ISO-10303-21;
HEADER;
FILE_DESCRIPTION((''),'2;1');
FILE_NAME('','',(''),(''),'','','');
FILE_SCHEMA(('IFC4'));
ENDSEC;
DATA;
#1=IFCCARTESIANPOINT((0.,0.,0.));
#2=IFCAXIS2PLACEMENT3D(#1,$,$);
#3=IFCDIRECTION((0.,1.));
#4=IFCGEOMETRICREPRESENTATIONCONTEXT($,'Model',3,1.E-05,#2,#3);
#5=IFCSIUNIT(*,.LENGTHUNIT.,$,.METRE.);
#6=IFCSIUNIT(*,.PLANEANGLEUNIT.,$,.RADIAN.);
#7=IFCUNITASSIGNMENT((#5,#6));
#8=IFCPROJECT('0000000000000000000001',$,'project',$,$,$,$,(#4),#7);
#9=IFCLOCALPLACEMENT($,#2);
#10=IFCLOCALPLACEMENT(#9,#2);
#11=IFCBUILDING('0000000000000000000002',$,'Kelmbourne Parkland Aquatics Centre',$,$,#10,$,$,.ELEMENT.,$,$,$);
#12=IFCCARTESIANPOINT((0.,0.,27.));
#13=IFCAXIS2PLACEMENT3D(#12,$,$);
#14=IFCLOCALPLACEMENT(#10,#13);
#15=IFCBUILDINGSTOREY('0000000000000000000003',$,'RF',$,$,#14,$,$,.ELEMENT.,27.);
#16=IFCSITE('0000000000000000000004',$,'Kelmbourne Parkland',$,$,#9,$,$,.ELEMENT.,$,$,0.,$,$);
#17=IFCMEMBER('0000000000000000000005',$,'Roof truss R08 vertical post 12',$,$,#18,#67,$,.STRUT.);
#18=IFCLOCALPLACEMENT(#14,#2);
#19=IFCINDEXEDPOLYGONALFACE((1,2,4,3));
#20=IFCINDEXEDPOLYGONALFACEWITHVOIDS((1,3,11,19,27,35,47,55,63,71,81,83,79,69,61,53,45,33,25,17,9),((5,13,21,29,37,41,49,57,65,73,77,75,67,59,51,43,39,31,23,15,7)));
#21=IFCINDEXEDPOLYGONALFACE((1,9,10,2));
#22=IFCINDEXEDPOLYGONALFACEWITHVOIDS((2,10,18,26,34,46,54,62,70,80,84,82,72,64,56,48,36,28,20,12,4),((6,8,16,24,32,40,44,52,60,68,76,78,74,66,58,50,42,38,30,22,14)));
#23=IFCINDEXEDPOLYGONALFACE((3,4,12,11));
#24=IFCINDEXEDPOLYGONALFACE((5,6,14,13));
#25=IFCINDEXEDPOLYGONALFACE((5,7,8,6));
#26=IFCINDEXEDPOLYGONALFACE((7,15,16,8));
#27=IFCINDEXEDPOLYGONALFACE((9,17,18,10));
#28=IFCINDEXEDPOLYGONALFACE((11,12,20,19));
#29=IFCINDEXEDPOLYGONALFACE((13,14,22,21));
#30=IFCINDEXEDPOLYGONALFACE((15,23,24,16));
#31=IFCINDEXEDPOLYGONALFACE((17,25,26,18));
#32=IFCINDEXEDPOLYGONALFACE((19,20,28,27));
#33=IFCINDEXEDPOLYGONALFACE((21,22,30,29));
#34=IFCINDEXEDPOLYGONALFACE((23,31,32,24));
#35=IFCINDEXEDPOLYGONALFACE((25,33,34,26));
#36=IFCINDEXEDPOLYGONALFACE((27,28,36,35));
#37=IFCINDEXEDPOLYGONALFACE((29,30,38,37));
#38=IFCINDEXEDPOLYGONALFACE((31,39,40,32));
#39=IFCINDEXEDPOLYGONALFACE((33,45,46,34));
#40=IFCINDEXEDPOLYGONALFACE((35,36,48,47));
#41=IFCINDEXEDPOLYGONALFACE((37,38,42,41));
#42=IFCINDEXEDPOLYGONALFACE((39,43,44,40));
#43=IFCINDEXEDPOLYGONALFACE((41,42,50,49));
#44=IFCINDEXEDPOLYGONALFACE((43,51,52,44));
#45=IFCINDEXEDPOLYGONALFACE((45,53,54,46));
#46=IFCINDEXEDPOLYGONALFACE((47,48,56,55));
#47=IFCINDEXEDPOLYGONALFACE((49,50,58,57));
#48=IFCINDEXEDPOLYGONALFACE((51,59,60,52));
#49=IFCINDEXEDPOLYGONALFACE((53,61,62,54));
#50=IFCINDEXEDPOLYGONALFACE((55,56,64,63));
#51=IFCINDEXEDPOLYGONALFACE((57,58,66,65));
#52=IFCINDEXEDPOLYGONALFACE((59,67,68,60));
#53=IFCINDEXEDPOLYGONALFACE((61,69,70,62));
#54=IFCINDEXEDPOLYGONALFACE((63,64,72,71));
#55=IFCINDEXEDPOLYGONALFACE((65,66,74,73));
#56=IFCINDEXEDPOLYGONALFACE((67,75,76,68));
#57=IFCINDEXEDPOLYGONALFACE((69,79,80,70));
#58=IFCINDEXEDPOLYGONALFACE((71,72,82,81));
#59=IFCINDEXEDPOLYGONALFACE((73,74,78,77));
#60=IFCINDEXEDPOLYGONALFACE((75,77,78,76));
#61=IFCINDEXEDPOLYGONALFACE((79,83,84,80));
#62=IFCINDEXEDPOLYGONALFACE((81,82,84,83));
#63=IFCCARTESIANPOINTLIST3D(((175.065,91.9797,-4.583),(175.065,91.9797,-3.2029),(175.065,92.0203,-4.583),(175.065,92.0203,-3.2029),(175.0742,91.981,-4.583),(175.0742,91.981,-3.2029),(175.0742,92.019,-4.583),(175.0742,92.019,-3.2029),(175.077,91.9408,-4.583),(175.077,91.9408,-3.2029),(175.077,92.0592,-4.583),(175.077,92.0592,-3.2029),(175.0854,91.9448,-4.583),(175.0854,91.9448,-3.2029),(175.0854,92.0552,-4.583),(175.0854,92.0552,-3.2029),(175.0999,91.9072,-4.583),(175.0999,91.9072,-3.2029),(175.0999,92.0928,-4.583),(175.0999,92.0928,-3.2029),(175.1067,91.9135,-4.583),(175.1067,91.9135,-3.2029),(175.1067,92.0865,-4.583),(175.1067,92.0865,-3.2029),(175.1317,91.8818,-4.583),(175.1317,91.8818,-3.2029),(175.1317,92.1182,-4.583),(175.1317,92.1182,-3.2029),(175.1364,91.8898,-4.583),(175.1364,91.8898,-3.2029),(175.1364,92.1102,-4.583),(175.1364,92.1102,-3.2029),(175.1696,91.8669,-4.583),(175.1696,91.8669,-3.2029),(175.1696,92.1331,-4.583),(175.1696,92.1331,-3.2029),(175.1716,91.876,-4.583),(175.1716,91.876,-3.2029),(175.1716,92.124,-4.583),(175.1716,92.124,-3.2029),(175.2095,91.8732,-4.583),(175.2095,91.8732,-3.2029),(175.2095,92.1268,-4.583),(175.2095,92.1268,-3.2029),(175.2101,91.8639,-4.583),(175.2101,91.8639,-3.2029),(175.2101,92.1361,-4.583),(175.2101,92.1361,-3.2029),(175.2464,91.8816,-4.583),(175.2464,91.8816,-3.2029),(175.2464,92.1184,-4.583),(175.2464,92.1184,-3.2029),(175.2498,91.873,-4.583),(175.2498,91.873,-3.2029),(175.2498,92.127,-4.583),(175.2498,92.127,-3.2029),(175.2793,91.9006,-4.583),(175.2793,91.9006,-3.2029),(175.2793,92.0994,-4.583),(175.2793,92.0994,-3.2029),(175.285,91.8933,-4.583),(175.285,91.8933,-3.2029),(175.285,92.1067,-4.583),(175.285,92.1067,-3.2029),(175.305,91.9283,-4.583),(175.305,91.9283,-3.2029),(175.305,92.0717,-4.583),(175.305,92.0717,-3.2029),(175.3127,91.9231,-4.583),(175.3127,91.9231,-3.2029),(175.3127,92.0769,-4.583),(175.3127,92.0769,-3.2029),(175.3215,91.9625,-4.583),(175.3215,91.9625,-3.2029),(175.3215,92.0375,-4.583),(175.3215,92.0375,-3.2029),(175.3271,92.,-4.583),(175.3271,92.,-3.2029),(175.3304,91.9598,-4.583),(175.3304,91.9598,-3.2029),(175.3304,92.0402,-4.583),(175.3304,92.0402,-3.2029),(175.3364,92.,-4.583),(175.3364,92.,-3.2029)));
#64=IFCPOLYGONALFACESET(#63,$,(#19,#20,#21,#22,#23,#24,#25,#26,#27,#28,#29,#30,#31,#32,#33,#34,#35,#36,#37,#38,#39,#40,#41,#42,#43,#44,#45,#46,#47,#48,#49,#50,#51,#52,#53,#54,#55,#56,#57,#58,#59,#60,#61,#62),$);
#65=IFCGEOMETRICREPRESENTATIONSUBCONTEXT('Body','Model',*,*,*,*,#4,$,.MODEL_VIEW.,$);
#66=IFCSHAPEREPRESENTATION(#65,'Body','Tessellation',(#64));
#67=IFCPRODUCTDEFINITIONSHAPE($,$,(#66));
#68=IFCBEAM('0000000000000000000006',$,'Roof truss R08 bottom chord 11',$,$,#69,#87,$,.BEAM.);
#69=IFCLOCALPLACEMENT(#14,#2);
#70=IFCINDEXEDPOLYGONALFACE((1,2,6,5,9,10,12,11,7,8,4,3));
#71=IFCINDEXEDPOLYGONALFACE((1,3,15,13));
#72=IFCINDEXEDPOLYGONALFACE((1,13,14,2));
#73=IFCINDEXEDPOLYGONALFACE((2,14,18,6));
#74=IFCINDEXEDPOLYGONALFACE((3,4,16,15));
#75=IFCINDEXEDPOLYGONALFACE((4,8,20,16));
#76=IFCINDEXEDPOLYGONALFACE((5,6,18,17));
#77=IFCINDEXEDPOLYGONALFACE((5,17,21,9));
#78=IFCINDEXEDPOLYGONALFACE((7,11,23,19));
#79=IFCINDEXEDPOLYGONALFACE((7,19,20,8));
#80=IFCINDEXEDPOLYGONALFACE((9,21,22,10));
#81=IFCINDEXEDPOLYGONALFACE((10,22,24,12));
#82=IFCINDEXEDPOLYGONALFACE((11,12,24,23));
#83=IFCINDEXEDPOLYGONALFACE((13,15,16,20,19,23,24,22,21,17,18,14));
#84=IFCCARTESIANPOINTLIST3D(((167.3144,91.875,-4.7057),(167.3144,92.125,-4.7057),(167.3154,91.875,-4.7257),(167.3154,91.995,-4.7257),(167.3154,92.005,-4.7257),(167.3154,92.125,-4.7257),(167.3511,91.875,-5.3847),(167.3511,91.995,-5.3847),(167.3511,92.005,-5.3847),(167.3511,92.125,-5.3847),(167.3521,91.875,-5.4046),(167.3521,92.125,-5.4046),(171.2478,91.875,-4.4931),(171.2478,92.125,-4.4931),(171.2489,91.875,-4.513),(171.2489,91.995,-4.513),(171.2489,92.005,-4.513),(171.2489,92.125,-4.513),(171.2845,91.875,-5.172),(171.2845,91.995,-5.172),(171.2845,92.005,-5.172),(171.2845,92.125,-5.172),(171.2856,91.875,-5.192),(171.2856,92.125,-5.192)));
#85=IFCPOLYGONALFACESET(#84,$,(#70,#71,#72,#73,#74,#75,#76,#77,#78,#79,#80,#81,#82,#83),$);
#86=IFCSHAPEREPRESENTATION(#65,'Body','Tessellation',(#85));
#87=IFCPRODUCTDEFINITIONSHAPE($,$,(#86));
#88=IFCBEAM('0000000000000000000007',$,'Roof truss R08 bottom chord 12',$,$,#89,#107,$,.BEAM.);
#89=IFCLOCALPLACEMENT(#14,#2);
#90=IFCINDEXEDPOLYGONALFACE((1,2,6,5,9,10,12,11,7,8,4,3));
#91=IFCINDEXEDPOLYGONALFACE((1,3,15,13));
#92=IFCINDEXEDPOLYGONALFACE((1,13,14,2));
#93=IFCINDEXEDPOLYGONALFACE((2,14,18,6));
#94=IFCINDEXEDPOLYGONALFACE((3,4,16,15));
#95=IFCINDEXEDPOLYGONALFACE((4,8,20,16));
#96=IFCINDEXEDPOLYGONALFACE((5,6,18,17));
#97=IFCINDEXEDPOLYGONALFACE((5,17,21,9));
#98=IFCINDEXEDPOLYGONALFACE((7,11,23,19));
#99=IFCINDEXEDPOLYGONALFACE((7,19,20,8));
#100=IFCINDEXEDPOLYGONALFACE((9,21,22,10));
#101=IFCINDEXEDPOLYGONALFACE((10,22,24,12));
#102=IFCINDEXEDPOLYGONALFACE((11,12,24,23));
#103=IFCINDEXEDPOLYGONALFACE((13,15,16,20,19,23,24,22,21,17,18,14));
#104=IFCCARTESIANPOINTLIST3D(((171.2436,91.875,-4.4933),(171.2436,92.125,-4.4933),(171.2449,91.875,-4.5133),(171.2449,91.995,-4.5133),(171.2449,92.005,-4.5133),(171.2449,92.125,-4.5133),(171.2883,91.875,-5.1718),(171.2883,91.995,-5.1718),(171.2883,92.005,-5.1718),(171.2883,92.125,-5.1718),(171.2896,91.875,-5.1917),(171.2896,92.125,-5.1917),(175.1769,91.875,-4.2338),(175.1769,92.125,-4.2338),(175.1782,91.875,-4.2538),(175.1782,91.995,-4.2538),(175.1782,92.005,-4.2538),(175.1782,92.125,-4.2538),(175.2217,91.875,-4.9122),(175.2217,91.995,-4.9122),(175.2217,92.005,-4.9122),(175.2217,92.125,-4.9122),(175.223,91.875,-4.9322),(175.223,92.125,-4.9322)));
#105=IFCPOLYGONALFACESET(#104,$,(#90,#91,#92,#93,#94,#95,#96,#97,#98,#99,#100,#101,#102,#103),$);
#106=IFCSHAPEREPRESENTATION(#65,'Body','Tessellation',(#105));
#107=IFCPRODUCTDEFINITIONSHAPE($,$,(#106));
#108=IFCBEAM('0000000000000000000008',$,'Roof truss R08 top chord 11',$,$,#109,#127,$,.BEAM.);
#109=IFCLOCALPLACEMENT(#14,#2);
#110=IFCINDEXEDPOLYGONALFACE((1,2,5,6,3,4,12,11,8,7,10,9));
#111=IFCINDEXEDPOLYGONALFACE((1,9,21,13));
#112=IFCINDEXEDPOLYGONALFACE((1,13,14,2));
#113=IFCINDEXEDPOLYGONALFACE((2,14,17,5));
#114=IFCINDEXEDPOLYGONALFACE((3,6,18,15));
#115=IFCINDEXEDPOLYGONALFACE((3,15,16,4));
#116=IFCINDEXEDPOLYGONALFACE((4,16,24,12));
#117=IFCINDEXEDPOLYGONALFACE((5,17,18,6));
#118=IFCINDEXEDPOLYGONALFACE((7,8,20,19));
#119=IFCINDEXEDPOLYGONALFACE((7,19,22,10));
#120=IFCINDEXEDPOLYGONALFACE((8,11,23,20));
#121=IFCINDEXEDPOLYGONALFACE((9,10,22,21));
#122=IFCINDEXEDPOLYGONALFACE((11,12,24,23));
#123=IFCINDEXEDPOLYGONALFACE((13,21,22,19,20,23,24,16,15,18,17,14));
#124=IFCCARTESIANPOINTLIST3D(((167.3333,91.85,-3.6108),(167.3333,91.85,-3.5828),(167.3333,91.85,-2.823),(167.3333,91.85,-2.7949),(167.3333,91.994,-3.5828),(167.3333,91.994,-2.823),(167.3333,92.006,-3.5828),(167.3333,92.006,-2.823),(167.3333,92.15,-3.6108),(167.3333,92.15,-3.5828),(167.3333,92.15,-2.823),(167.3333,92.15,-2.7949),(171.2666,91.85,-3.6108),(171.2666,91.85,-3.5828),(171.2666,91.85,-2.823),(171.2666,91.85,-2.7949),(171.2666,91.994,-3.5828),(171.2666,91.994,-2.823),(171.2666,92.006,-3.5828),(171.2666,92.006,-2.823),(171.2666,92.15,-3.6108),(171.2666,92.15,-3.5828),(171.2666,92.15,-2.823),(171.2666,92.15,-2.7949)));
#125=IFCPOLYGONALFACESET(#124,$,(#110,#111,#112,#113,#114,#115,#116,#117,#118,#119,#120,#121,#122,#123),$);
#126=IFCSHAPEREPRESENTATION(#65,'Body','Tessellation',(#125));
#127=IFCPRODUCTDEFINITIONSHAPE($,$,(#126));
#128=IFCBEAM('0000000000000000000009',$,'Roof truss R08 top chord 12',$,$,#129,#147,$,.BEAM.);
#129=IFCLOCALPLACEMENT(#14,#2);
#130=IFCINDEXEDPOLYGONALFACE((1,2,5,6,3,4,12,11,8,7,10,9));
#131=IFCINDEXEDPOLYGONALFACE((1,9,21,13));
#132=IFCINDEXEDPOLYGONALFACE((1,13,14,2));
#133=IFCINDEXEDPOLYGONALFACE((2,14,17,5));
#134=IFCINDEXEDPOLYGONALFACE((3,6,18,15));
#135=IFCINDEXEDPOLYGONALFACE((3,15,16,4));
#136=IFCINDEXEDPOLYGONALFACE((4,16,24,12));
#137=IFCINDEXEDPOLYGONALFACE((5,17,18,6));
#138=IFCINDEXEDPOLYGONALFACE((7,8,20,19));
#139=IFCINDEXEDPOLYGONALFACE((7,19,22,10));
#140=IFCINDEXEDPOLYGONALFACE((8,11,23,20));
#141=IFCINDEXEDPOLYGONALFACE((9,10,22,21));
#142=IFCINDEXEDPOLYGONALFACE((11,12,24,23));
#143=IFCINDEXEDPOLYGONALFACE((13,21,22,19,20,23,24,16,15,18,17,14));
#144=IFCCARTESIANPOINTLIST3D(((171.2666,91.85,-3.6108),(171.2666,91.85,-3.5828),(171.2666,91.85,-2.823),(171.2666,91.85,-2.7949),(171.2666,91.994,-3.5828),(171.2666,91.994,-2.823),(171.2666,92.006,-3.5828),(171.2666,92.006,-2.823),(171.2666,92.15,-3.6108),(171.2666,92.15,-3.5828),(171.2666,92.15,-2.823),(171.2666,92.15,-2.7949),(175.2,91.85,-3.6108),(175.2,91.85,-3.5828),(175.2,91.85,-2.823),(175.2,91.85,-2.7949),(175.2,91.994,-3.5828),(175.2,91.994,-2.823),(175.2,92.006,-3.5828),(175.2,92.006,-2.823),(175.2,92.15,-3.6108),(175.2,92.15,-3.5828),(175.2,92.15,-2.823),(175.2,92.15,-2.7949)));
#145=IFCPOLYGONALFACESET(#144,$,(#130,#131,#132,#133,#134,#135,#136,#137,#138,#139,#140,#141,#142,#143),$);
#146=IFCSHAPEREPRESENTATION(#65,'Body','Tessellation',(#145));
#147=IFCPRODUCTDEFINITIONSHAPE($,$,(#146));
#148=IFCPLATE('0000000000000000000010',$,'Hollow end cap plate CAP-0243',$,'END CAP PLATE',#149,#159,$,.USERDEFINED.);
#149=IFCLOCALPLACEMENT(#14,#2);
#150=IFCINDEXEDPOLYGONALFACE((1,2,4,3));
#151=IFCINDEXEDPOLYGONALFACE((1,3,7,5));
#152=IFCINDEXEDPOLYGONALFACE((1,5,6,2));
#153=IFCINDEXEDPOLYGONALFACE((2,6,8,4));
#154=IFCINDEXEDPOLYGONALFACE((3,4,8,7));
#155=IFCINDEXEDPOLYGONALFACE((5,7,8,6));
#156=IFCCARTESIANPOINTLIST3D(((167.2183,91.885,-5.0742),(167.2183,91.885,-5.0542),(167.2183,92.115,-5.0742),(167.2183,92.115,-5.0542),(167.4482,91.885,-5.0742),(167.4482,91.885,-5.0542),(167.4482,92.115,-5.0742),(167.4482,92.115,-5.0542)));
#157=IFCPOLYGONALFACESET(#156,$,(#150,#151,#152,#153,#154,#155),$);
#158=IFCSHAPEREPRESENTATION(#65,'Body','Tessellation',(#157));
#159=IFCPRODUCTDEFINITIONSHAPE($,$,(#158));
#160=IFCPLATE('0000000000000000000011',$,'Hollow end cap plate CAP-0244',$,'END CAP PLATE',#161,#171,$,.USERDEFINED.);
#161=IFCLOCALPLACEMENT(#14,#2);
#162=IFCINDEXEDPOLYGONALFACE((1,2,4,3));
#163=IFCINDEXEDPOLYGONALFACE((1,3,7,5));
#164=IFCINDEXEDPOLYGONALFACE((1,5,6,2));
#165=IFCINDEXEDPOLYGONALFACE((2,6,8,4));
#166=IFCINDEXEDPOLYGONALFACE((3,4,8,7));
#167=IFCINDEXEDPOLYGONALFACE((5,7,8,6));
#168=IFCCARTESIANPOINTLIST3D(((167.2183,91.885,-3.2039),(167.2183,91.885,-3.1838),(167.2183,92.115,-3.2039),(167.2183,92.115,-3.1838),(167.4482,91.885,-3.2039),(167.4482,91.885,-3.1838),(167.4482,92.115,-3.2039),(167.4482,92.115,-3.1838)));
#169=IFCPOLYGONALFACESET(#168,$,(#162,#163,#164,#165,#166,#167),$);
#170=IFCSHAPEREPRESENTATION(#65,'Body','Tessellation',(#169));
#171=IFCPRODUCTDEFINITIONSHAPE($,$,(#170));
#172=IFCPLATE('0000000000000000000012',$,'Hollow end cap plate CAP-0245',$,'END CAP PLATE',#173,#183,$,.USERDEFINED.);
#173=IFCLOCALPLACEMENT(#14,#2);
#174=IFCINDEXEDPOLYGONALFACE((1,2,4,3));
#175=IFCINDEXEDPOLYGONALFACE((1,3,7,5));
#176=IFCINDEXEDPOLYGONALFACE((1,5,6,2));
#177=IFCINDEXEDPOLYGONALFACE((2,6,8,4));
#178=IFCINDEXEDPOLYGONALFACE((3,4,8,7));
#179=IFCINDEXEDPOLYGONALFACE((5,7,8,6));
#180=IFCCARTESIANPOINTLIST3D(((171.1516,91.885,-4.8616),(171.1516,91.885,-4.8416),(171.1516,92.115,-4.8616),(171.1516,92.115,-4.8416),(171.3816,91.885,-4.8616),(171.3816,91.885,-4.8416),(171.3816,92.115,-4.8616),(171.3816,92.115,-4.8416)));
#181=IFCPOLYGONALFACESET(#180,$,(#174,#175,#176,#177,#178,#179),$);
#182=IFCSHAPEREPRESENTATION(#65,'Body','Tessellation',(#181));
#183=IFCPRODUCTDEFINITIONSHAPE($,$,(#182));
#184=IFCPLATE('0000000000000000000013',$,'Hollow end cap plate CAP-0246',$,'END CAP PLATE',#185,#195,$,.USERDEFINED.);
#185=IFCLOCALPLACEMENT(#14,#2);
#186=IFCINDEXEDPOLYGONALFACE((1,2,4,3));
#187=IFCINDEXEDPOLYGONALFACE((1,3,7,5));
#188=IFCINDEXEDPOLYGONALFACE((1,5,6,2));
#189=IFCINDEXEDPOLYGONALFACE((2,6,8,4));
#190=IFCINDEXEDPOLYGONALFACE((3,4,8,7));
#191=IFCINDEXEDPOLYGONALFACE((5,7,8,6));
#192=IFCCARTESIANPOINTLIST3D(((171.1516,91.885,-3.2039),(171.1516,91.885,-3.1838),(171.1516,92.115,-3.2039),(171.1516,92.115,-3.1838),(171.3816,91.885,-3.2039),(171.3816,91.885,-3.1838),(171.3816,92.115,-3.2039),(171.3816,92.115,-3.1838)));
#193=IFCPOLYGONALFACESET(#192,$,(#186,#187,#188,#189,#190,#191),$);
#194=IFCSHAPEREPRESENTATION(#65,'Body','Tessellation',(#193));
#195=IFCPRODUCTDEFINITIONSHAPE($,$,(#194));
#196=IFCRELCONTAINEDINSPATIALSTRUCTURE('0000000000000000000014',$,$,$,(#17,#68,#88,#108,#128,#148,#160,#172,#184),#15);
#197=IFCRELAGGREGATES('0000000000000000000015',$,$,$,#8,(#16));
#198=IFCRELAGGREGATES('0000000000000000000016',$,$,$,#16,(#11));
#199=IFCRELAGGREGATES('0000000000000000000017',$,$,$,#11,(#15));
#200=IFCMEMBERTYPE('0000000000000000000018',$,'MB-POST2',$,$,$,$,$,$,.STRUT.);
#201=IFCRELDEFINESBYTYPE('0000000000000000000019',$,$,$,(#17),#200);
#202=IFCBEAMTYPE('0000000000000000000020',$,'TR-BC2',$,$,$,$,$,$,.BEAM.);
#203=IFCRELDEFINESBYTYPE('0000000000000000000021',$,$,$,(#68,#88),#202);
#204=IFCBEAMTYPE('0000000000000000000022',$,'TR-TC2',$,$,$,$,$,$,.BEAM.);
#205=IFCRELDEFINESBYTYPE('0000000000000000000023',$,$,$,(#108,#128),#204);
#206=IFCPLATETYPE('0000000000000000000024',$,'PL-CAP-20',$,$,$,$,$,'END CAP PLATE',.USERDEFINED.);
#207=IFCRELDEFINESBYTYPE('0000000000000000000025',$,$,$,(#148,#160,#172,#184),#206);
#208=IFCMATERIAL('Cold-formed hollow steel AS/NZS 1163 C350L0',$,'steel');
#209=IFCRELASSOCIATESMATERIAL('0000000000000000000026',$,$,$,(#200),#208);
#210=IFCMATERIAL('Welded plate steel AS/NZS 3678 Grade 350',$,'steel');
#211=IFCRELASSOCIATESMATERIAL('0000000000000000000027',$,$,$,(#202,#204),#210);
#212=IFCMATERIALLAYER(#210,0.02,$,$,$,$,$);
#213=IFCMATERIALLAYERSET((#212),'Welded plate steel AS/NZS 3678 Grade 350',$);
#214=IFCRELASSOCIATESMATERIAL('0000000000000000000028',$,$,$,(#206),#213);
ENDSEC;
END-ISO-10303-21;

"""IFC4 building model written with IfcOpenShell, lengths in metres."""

from ifc_helpers import new_model, si_unit, direction, frame, origin, origin_2d, place, context, subcontext, project, spatial, rectangle, hollow_circle, i_section, extrude, material, layer, layer_set, material_profile, profile_set, type_object, element, save


model = new_model("IFC4")

# Units and contexts
model_context = context("Model", 3, precision=1e-05, world=origin(), true_north=direction((0.0, 1.0)))
body_context = subcontext(model_context, "Body", "Model", "MODEL_VIEW")
ifc_project = project(units=[si_unit("LENGTHUNIT", "METRE"), si_unit("PLANEANGLEUNIT", "RADIAN")], contexts=[model_context])

# Site, building, storey
site_placement = place(None, origin())
site = spatial("IfcSite", under=ifc_project, at=site_placement, Name="Kelmbourne Parkland", CompositionType="ELEMENT", RefElevation=0.0)
building_placement = place(site_placement, origin())
building = spatial("IfcBuilding", under=site, at=building_placement, Name="Kelmbourne Parkland Aquatics Centre", CompositionType="ELEMENT")
storey_placement = place(building_placement, frame((0.0, 0.0, 27.0)))
storey = spatial("IfcBuildingStorey", under=building, at=storey_placement, Name="RF", CompositionType="ELEMENT", Elevation=27.0)

# Member
ifc_material_1 = material(Name="Cold-formed hollow steel AS/NZS 1163 C350L0", Category="steel")
ifc_material_profile_1 = material_profile(ifc_material_1, hollow_circle(Radius=0.1365, WallThickness=0.0093, at=origin_2d()), Name="CHS 273.1x9.3")
ifc_profile_set_1 = profile_set([ifc_material_profile_1], Name="Cold-formed hollow steel AS/NZS 1163 C350L0")
member_type_1 = type_object("IfcMemberType", Name="MB-POST2", PredefinedType="STRUT", material=ifc_profile_set_1)
member_1_placement = place(storey_placement, frame((175.2, 92.0, -4.583), z_axis=(0.0, 0.0, 1.0), x_axis=(1.0, 0.0, 0.0)))
element("IfcMember", 1, at=member_1_placement, inside=storey, type_object=member_type_1, Name="Roof truss R08 vertical post 12", PredefinedType="STRUT", context=body_context, shape_type="SweptSolid", body=[
    extrude(hollow_circle(Radius=0.1365, WallThickness=0.0093, at=origin_2d()), origin(), (0.0, 0.0, 1.0), 1.3801),
])

# Beams
ifc_material_2 = material(Name="Welded plate steel AS/NZS 3678 Grade 350", Category="steel")
ifc_material_profile_2 = material_profile(ifc_material_2, i_section(OverallWidth=0.25, OverallDepth=0.7, WebThickness=0.01, FlangeThickness=0.02, at=origin_2d()), Name="700WB130")
ifc_profile_set_2 = profile_set([ifc_material_profile_2], Name="Welded plate steel AS/NZS 3678 Grade 350")
beam_type_1 = type_object("IfcBeamType", Name="TR-BC2", PredefinedType="BEAM", material=ifc_profile_set_2)
beam_1_placement = place(storey_placement, frame((167.3333, 92.0, -5.0552), z_axis=(0.998542, 0.0, 0.053984), x_axis=(0.0, 1.0, 0.0)))
element("IfcBeam", 2, at=beam_1_placement, inside=storey, type_object=beam_type_1, Name="Roof truss R08 bottom chord 11", PredefinedType="BEAM", context=body_context, shape_type="SweptSolid", body=[
    extrude(i_section(OverallWidth=0.25, OverallDepth=0.7, WebThickness=0.01, FlangeThickness=0.02, at=origin_2d()), origin(), (0.0, 0.0, 1.0), 3.9392),
])
beam_2_placement = place(storey_placement, frame((171.2666, 92.0, -4.8425), z_axis=(0.99783, 0.0, 0.065837), x_axis=(0.0, 1.0, 0.0)))
element("IfcBeam", 3, at=beam_2_placement, inside=storey, type_object=beam_type_1, Name="Roof truss R08 bottom chord 12", PredefinedType="BEAM", context=body_context, shape_type="SweptSolid", body=[
    extrude(i_section(OverallWidth=0.25, OverallDepth=0.7, WebThickness=0.01, FlangeThickness=0.02, at=origin_2d()), origin(), (0.0, 0.0, 1.0), 3.9419),
])
ifc_material_profile_3 = material_profile(ifc_material_2, i_section(OverallWidth=0.3, OverallDepth=0.8159, WebThickness=0.012, FlangeThickness=0.0281, at=origin_2d()), Name="800WB192")
ifc_profile_set_3 = profile_set([ifc_material_profile_3], Name="Welded plate steel AS/NZS 3678 Grade 350")
beam_type_2 = type_object("IfcBeamType", Name="TR-TC2", PredefinedType="BEAM", material=ifc_profile_set_3)
for number, where, z_axis, x_axis, name in (
    (4, (167.3333, 92.0, -3.2029), (1.0, 0.0, 0.0), (0.0, 1.0, 0.0), "Roof truss R08 top chord 11"),
    (5, (171.2666, 92.0, -3.2029), (1.0, 0.0, 0.0), (0.0, 1.0, 0.0), "Roof truss R08 top chord 12"),
):
    element("IfcBeam", number, at=place(storey_placement, frame(where, z_axis=z_axis, x_axis=x_axis)), inside=storey, type_object=beam_type_2, Name=name, PredefinedType="BEAM", context=body_context, shape_type="SweptSolid", body=[
        extrude(i_section(OverallWidth=0.3, OverallDepth=0.8159, WebThickness=0.012, FlangeThickness=0.0281, at=origin_2d()), origin(), (0.0, 0.0, 1.0), 3.9333),
    ])

# Plates
ifc_layer_1 = layer(ifc_material_2, 0.02)
ifc_layer_set_1 = layer_set([ifc_layer_1], Name="Welded plate steel AS/NZS 3678 Grade 350")
plate_type_1 = type_object("IfcPlateType", Name="PL-CAP-20", ElementType="END CAP PLATE", PredefinedType="USERDEFINED", material=ifc_layer_set_1)
for number, where, z_axis, x_axis, name in (
    (6, (167.3333, 92.0, -5.0742), (0.0, 0.0, 1.0), (1.0, 0.0, 0.0), "Hollow end cap plate CAP-0243"),
    (7, (167.3333, 92.0, -3.2039), (0.0, 0.0, 1.0), (1.0, 0.0, 0.0), "Hollow end cap plate CAP-0244"),
    (8, (171.2666, 92.0, -4.8616), (0.0, 0.0, 1.0), (1.0, 0.0, 0.0), "Hollow end cap plate CAP-0245"),
    (9, (171.2666, 92.0, -3.2039), (0.0, 0.0, 1.0), (1.0, 0.0, 0.0), "Hollow end cap plate CAP-0246"),
):
    element("IfcPlate", number, at=place(storey_placement, frame(where, z_axis=z_axis, x_axis=x_axis)), inside=storey, type_object=plate_type_1, Name=name, ObjectType="END CAP PLATE", PredefinedType="USERDEFINED", context=body_context, shape_type="SweptSolid", body=[
        extrude(rectangle(XDim=0.23, YDim=0.23, at=origin_2d()), origin(), (0.0, 0.0, 1.0), 0.02),
    ])

save(model, "model.ifc")
